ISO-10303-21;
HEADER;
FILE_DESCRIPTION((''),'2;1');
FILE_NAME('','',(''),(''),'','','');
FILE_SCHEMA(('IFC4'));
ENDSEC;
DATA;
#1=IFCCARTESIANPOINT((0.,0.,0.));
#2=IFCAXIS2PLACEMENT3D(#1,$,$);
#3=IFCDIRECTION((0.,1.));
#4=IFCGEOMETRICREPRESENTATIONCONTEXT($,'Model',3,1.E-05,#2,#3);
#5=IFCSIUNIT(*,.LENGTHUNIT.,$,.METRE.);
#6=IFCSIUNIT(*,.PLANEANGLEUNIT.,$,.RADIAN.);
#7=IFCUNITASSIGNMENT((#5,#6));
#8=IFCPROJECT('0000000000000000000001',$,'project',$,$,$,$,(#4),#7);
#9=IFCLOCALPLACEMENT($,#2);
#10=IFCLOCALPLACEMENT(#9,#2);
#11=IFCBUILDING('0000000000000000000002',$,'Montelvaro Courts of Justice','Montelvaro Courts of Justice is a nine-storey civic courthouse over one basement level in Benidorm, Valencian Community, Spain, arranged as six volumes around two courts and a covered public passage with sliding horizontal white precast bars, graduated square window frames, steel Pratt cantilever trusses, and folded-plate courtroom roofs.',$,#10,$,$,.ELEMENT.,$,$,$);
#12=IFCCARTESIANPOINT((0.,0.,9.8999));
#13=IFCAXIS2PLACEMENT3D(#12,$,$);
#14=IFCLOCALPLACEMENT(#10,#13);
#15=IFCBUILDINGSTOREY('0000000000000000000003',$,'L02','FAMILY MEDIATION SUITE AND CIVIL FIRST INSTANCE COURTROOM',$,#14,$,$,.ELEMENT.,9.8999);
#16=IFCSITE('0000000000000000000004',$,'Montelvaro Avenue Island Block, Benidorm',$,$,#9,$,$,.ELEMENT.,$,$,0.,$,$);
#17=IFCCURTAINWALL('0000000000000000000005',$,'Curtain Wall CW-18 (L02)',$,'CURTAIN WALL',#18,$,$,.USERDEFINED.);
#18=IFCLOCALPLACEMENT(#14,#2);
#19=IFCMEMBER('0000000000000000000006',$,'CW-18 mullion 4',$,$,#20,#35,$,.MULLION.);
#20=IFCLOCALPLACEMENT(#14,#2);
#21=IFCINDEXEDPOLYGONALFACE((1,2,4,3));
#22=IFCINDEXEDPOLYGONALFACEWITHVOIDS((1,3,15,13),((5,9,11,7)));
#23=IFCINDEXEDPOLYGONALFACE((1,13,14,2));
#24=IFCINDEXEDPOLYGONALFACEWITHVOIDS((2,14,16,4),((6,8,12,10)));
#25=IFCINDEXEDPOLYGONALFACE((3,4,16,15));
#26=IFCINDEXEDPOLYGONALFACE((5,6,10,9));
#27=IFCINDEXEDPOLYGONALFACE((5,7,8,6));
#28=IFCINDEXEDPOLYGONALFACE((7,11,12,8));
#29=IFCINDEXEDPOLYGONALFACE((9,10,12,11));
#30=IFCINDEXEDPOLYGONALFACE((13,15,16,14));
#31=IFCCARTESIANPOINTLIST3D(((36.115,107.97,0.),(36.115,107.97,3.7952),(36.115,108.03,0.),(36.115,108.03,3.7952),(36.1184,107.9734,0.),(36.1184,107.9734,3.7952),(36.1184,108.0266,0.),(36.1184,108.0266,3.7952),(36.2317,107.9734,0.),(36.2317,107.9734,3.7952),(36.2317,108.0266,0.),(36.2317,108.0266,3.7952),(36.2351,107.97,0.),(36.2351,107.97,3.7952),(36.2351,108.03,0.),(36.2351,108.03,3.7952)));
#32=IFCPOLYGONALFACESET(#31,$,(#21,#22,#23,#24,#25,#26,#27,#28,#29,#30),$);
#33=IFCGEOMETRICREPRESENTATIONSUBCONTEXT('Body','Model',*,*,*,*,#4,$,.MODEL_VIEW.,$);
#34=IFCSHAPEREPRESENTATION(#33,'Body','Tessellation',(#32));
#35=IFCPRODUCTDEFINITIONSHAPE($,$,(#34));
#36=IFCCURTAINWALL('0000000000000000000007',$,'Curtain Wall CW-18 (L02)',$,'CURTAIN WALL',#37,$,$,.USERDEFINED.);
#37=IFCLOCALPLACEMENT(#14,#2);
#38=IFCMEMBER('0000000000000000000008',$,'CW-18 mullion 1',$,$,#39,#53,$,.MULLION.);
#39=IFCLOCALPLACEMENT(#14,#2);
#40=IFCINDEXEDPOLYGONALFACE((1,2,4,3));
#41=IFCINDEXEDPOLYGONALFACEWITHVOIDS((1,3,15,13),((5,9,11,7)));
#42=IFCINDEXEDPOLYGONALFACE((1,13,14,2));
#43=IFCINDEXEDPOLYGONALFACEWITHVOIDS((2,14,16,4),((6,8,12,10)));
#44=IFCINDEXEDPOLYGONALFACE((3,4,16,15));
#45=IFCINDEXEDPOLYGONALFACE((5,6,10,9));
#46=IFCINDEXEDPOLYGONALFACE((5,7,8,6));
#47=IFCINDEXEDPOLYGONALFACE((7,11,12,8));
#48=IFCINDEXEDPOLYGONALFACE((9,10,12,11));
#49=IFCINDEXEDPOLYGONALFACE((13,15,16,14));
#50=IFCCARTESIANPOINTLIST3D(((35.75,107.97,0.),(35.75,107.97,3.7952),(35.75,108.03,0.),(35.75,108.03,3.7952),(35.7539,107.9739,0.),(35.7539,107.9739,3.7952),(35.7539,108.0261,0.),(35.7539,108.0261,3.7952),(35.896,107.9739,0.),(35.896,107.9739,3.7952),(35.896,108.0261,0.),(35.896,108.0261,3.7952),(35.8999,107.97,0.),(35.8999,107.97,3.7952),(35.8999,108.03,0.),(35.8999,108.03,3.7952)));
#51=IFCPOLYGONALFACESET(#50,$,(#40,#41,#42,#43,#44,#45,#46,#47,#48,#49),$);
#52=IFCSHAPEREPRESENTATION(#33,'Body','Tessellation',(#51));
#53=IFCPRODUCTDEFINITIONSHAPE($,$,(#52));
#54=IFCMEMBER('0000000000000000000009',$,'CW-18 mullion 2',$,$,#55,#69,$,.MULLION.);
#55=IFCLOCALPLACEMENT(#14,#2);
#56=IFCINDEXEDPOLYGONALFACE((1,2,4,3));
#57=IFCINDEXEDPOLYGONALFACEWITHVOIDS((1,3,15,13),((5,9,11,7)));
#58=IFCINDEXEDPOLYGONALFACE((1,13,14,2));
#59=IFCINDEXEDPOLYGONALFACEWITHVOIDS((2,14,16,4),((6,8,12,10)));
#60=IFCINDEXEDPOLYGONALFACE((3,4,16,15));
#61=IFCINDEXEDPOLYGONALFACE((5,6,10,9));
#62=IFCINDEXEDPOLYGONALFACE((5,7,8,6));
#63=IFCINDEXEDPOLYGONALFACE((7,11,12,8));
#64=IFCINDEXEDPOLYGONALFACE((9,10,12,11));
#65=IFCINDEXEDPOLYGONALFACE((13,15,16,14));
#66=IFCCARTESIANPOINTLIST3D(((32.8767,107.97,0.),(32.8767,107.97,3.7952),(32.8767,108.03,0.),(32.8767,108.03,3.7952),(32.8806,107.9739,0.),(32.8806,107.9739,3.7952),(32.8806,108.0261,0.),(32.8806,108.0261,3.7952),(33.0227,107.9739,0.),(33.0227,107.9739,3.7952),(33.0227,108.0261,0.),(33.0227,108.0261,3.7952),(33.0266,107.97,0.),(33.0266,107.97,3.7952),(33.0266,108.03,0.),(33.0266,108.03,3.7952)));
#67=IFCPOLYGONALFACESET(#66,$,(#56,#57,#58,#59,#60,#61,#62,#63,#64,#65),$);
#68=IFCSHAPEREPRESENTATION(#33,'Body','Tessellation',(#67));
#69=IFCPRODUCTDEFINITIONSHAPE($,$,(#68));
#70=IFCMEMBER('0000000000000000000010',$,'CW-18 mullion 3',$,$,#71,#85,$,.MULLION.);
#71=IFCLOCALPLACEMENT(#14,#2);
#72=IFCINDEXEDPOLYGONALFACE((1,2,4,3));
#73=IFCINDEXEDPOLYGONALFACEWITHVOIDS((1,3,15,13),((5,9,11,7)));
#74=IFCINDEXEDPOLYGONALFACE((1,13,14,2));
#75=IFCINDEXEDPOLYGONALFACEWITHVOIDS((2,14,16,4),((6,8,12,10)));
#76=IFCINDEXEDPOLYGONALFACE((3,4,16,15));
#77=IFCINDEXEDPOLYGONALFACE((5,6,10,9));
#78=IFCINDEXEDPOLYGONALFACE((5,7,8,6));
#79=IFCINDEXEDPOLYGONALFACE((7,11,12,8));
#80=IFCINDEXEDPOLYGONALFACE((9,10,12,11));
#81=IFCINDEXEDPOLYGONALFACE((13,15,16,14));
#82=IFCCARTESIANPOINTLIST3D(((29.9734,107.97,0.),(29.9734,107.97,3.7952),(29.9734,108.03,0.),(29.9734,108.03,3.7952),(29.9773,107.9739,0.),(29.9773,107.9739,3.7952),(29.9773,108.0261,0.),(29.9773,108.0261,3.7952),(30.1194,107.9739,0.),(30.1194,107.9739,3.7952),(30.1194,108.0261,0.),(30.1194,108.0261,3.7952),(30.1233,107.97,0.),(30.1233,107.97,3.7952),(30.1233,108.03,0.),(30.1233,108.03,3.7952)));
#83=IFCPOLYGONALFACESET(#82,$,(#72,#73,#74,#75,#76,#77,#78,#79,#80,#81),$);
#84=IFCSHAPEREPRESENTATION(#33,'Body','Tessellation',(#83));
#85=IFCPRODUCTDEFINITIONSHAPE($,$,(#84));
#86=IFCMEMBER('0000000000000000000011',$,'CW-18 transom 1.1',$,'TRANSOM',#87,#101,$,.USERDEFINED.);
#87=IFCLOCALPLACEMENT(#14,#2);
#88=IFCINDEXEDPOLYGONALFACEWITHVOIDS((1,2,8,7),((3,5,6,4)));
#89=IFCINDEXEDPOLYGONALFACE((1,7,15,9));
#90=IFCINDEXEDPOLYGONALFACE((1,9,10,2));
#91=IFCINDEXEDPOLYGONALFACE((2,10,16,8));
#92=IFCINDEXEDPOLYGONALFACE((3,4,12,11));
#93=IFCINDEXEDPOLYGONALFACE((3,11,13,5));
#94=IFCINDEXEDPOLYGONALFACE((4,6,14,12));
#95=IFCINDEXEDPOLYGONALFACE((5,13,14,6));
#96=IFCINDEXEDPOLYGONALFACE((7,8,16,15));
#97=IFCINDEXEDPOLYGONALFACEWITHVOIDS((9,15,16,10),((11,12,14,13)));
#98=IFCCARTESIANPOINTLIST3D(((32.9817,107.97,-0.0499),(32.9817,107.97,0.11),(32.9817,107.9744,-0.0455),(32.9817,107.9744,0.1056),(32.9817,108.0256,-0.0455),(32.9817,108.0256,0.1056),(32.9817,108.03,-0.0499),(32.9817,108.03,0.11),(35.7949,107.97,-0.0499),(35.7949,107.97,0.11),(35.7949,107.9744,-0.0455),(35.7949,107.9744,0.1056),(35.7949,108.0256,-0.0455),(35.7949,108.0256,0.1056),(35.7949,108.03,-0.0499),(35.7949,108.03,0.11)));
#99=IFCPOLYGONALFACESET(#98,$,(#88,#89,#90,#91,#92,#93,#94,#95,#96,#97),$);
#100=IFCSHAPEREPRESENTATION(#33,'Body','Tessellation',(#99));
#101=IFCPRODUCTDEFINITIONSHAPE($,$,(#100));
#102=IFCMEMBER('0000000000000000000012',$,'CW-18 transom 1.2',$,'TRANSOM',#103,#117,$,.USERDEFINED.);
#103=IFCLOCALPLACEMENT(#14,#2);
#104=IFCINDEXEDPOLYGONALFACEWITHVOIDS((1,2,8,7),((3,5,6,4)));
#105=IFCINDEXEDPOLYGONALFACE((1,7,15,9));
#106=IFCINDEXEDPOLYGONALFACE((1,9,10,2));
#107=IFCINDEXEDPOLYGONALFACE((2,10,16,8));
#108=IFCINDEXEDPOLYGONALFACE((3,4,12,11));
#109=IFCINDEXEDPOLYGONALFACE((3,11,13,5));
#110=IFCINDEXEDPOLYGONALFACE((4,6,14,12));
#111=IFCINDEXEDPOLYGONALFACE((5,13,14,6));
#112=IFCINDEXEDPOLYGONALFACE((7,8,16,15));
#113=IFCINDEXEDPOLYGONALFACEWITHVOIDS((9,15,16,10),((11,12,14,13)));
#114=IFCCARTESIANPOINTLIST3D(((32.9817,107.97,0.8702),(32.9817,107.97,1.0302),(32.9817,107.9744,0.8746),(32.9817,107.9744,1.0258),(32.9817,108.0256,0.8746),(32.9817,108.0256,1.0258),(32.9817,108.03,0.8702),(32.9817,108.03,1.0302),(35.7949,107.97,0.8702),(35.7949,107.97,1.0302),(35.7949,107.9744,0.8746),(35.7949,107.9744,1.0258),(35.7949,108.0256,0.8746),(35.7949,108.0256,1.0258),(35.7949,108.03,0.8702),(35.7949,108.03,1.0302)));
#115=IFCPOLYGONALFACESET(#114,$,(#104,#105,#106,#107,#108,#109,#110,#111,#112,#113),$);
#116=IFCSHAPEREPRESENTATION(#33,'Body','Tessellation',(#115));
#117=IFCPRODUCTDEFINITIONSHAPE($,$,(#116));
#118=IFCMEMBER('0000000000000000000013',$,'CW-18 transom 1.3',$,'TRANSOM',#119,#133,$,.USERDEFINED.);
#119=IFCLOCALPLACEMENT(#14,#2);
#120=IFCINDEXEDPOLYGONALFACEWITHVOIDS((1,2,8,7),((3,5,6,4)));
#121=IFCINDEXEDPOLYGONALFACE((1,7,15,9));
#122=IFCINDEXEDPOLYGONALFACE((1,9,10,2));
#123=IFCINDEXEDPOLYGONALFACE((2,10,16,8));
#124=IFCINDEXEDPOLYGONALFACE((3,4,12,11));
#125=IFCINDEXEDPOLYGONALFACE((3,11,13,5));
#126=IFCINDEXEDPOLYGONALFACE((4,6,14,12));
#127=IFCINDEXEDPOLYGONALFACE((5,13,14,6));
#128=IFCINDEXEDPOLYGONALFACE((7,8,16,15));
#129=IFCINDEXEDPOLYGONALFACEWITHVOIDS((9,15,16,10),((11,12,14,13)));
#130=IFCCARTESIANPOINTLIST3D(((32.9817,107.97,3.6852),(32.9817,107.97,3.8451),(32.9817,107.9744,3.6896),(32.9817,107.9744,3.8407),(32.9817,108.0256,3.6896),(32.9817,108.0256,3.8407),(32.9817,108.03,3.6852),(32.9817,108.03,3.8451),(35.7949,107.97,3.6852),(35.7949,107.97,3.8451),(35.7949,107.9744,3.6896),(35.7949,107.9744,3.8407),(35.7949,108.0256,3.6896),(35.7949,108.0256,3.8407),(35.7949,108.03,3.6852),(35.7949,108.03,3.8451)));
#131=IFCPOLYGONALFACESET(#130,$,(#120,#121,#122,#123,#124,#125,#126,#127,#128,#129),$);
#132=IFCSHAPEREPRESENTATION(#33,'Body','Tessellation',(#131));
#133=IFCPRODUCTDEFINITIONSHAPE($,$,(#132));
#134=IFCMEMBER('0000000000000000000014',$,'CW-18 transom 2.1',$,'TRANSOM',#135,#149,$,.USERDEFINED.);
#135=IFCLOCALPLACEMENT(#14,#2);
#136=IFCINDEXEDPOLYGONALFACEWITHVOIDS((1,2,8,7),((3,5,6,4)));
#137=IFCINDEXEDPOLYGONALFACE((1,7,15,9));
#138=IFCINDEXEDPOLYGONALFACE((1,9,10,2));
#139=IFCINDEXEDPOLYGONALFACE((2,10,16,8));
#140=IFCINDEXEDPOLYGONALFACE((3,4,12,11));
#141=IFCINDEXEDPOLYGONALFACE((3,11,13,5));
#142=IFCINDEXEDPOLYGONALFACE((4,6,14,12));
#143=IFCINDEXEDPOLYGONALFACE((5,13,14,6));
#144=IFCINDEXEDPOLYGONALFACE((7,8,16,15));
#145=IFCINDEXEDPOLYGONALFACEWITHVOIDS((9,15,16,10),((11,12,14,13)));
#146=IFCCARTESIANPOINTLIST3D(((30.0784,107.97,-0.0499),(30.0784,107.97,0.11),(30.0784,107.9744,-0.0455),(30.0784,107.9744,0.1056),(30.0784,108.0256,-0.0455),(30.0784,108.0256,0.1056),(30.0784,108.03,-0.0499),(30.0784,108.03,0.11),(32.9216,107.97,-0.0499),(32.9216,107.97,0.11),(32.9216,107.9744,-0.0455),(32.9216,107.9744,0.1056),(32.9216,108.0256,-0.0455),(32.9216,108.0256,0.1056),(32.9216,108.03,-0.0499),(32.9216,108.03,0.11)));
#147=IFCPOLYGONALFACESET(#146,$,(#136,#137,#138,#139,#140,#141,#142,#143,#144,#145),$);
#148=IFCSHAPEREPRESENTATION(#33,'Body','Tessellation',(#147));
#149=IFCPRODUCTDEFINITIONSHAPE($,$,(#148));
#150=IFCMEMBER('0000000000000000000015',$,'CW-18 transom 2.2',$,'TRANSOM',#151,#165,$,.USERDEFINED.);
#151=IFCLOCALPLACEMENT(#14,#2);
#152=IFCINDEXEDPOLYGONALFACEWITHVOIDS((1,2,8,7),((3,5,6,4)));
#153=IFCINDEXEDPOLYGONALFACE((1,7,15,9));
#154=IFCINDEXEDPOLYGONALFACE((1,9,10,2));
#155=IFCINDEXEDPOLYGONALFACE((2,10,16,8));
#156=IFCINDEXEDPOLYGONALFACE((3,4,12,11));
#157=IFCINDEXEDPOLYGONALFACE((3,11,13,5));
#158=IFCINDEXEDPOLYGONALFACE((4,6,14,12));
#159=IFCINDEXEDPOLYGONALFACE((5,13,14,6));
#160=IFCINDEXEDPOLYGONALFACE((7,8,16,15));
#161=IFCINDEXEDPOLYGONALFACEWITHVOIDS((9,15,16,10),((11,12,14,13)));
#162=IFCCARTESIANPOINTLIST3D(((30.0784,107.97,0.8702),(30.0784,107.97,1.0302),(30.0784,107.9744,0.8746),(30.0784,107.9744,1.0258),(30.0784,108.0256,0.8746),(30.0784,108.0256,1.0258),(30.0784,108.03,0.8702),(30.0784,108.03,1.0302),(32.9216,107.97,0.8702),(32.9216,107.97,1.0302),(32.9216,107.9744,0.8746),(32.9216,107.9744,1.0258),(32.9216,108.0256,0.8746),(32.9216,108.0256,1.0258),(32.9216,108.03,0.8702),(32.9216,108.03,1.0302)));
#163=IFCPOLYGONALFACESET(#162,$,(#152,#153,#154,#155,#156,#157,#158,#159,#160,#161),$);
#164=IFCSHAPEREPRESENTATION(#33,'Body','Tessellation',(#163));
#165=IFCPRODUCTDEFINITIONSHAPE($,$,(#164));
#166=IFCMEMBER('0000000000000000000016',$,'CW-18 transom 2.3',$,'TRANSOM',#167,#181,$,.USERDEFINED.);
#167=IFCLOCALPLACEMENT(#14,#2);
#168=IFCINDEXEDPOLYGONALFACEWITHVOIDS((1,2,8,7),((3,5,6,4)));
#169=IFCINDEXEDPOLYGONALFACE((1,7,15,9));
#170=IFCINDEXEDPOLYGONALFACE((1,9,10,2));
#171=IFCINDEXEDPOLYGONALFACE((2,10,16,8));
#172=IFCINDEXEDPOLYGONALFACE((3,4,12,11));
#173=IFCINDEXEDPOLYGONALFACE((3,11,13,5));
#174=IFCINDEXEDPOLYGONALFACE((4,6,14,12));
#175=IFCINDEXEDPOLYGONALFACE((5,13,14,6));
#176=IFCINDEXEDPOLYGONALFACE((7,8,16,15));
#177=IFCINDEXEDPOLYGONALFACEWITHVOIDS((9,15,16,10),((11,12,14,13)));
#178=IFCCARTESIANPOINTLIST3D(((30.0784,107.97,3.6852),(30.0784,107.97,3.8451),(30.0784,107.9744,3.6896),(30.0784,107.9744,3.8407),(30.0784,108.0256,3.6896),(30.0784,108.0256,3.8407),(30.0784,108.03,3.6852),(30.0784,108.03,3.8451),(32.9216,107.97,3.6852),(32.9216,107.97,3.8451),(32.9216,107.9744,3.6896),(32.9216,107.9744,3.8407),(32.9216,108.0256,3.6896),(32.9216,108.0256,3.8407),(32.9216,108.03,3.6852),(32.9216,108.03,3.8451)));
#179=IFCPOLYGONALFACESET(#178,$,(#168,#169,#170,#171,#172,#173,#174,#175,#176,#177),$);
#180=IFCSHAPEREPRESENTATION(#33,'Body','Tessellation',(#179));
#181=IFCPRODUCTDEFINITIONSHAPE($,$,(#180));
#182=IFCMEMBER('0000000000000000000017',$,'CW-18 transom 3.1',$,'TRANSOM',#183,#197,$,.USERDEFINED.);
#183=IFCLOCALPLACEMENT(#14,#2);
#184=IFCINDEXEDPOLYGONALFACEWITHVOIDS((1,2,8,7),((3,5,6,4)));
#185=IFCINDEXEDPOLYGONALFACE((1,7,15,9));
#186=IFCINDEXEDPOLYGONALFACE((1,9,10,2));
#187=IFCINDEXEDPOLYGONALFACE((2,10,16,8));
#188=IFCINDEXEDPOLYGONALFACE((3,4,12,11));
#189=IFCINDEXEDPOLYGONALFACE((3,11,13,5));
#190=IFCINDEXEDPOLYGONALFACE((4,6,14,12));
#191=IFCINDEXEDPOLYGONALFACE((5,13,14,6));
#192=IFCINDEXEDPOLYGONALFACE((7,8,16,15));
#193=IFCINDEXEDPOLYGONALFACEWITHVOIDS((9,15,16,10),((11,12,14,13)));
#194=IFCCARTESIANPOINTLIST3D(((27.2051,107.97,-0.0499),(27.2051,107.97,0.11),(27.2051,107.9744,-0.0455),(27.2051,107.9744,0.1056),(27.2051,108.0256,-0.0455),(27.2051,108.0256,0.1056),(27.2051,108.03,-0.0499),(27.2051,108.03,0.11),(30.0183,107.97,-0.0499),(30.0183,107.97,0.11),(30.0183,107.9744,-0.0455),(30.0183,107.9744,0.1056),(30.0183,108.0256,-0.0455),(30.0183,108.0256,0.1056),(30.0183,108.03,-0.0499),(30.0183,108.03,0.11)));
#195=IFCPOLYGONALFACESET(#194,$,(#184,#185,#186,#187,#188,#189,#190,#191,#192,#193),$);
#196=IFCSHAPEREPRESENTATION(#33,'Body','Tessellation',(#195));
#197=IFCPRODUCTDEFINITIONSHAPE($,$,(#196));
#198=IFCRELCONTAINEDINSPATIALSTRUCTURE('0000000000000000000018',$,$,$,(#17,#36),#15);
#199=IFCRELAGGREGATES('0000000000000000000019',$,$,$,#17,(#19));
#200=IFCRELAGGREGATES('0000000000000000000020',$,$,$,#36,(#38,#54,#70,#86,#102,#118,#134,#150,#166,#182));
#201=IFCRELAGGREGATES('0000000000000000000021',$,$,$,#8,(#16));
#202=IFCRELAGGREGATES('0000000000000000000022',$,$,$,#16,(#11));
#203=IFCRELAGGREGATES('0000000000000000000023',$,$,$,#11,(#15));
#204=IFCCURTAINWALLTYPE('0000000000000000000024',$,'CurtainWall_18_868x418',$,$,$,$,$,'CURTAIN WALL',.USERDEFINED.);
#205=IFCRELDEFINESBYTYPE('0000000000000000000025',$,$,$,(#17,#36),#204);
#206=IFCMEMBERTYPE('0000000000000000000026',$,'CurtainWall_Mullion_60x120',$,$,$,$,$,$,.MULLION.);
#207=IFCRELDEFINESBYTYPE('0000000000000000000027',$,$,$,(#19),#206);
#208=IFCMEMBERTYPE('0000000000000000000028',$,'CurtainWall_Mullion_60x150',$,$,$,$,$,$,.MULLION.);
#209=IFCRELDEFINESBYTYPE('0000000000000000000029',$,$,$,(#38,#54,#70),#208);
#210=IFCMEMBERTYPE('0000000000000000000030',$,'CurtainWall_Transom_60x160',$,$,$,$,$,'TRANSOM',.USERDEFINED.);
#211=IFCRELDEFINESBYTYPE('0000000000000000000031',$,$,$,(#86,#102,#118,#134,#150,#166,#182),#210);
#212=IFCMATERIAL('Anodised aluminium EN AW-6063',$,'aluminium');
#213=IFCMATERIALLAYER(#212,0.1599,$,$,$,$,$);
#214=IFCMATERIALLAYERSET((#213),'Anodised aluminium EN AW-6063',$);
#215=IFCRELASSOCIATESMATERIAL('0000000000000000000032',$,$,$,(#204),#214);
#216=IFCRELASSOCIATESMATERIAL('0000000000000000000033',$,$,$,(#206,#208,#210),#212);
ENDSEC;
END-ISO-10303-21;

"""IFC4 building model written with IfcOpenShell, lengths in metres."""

from ifc_helpers import new_model, si_unit, direction, frame, origin, origin_2d, place, context, subcontext, project, spatial, hollow_rectangle, extrude, material, layer, layer_set, material_profile, profile_set, type_object, element, aggregate, save


model = new_model("IFC4")

# Units and contexts
model_context = context("Model", 3, precision=1e-05, world=origin(), true_north=direction((0.0, 1.0)))
body_context = subcontext(model_context, "Body", "Model", "MODEL_VIEW")
ifc_project = project(units=[si_unit("LENGTHUNIT", "METRE"), si_unit("PLANEANGLEUNIT", "RADIAN")], contexts=[model_context])

# Site, building, storey
site_placement = place(None, origin())
site = spatial("IfcSite", under=ifc_project, at=site_placement, Name="Montelvaro Avenue Island Block, Benidorm", CompositionType="ELEMENT", RefElevation=0.0)
building_placement = place(site_placement, origin())
building = spatial("IfcBuilding", under=site, at=building_placement, Name="Montelvaro Courts of Justice", Description="Montelvaro Courts of Justice is a nine-storey civic courthouse over one basement level in Benidorm, Valencian Community, Spain, arranged as six volumes around two courts and a covered public passage with sliding horizontal white precast bars, graduated square window frames, steel Pratt cantilever trusses, and folded-plate courtroom roofs.", CompositionType="ELEMENT")
storey_placement = place(building_placement, frame((0.0, 0.0, 9.8999)))
storey = spatial("IfcBuildingStorey", under=building, at=storey_placement, Name="L02", Description="FAMILY MEDIATION SUITE AND CIVIL FIRST INSTANCE COURTROOM", CompositionType="ELEMENT", Elevation=9.8999)

# Curtain wall, member
ifc_material_1 = material(Name="Anodised aluminium EN AW-6063", Category="aluminium")
ifc_layer_1 = layer(ifc_material_1, 0.1599)
ifc_layer_set_1 = layer_set([ifc_layer_1], Name="Anodised aluminium EN AW-6063")
curtain_wall_type = type_object("IfcCurtainWallType", Name="CurtainWall_18_868x418", ElementType="CURTAIN WALL", PredefinedType="USERDEFINED", material=ifc_layer_set_1)
curtain_wall_1_placement = place(storey_placement, origin())
curtain_wall_1 = element("IfcCurtainWall", 1, at=curtain_wall_1_placement, inside=storey, type_object=curtain_wall_type, Name="Curtain Wall CW-18 (L02)", ObjectType="CURTAIN WALL", PredefinedType="USERDEFINED")
ifc_material_profile_1 = material_profile(ifc_material_1, hollow_rectangle(XDim=0.0601, YDim=0.1201, WallThickness=0.0034, at=origin_2d()), Name="ALU-M 60x120")
ifc_profile_set_1 = profile_set([ifc_material_profile_1], Name="Anodised aluminium EN AW-6063")
member_type_1 = type_object("IfcMemberType", Name="CurtainWall_Mullion_60x120", PredefinedType="MULLION", material=ifc_profile_set_1)
member_1_placement = place(storey_placement, frame((36.175, 108.0, 0.0), z_axis=(0.0, 0.0, 1.0), x_axis=(0.0, -1.0, 0.0)))
member_1 = element("IfcMember", 2, at=member_1_placement, type_object=member_type_1, Name="CW-18 mullion 4", PredefinedType="MULLION", context=body_context, shape_type="SweptSolid", body=[
    extrude(hollow_rectangle(XDim=0.0601, YDim=0.1201, WallThickness=0.0034, at=origin_2d()), origin(), (0.0, 0.0, 1.0), 3.7952),
])

# Curtain wall, members
curtain_wall_2_placement = place(storey_placement, origin())
curtain_wall_2 = element("IfcCurtainWall", 3, at=curtain_wall_2_placement, inside=storey, type_object=curtain_wall_type, Name="Curtain Wall CW-18 (L02)", ObjectType="CURTAIN WALL", PredefinedType="USERDEFINED")
ifc_material_profile_2 = material_profile(ifc_material_1, hollow_rectangle(XDim=0.0601, YDim=0.1499, WallThickness=0.0039, at=origin_2d()), Name="ALU-M 60x150")
ifc_profile_set_2 = profile_set([ifc_material_profile_2], Name="Anodised aluminium EN AW-6063")
member_type_2 = type_object("IfcMemberType", Name="CurtainWall_Mullion_60x150", PredefinedType="MULLION", material=ifc_profile_set_2)
member_2_placement = place(storey_placement, frame((35.825, 108.0, 0.0), z_axis=(0.0, 0.0, 1.0), x_axis=(0.0, -1.0, 0.0)))
member_2 = element("IfcMember", 4, at=member_2_placement, type_object=member_type_2, Name="CW-18 mullion 1", PredefinedType="MULLION", context=body_context, shape_type="SweptSolid", body=[
    extrude(hollow_rectangle(XDim=0.0601, YDim=0.1499, WallThickness=0.0039, at=origin_2d()), origin(), (0.0, 0.0, 1.0), 3.7952),
])
member_3_placement = place(storey_placement, frame((32.9517, 108.0, 0.0), z_axis=(0.0, 0.0, 1.0), x_axis=(0.0, -1.0, 0.0)))
member_3 = element("IfcMember", 5, at=member_3_placement, type_object=member_type_2, Name="CW-18 mullion 2", PredefinedType="MULLION", context=body_context, shape_type="SweptSolid", body=[
    extrude(hollow_rectangle(XDim=0.0601, YDim=0.1499, WallThickness=0.0039, at=origin_2d()), origin(), (0.0, 0.0, 1.0), 3.7952),
])
member_4_placement = place(storey_placement, frame((30.0483, 108.0, 0.0), z_axis=(0.0, 0.0, 1.0), x_axis=(0.0, -1.0, 0.0)))
member_4 = element("IfcMember", 6, at=member_4_placement, type_object=member_type_2, Name="CW-18 mullion 3", PredefinedType="MULLION", context=body_context, shape_type="SweptSolid", body=[
    extrude(hollow_rectangle(XDim=0.0601, YDim=0.1499, WallThickness=0.0039, at=origin_2d()), origin(), (0.0, 0.0, 1.0), 3.7952),
])
ifc_material_profile_3 = material_profile(ifc_material_1, hollow_rectangle(XDim=0.0601, YDim=0.1599, WallThickness=0.0044, at=origin_2d()), Name="ALU-T 60x160")
ifc_profile_set_3 = profile_set([ifc_material_profile_3], Name="Anodised aluminium EN AW-6063")
member_type_3 = type_object("IfcMemberType", Name="CurtainWall_Transom_60x160", ElementType="TRANSOM", PredefinedType="USERDEFINED", material=ifc_profile_set_3)
member_5_placement = place(storey_placement, frame((35.7949, 108.0, 0.03), z_axis=(-1.0, 0.0, 0.0), x_axis=(0.0, -1.0, 0.0)))
member_5 = element("IfcMember", 7, at=member_5_placement, type_object=member_type_3, Name="CW-18 transom 1.1", ObjectType="TRANSOM", PredefinedType="USERDEFINED", context=body_context, shape_type="SweptSolid", body=[
    extrude(hollow_rectangle(XDim=0.0601, YDim=0.1599, WallThickness=0.0044, at=origin_2d()), origin(), (0.0, 0.0, 1.0), 2.8132),
])
member_6_placement = place(storey_placement, frame((35.7949, 108.0, 0.9502), z_axis=(-1.0, 0.0, 0.0), x_axis=(0.0, -1.0, 0.0)))
member_6 = element("IfcMember", 8, at=member_6_placement, type_object=member_type_3, Name="CW-18 transom 1.2", ObjectType="TRANSOM", PredefinedType="USERDEFINED", context=body_context, shape_type="SweptSolid", body=[
    extrude(hollow_rectangle(XDim=0.0601, YDim=0.1599, WallThickness=0.0044, at=origin_2d()), origin(), (0.0, 0.0, 1.0), 2.8132),
])
member_7_placement = place(storey_placement, frame((35.7949, 108.0, 3.7651), z_axis=(-1.0, 0.0, 0.0), x_axis=(0.0, -1.0, 0.0)))
member_7 = element("IfcMember", 9, at=member_7_placement, type_object=member_type_3, Name="CW-18 transom 1.3", ObjectType="TRANSOM", PredefinedType="USERDEFINED", context=body_context, shape_type="SweptSolid", body=[
    extrude(hollow_rectangle(XDim=0.0601, YDim=0.1599, WallThickness=0.0044, at=origin_2d()), origin(), (0.0, 0.0, 1.0), 2.8132),
])
member_8_placement = place(storey_placement, frame((32.9216, 108.0, 0.03), z_axis=(-1.0, 0.0, 0.0), x_axis=(0.0, -1.0, 0.0)))
member_8 = element("IfcMember", 10, at=member_8_placement, type_object=member_type_3, Name="CW-18 transom 2.1", ObjectType="TRANSOM", PredefinedType="USERDEFINED", context=body_context, shape_type="SweptSolid", body=[
    extrude(hollow_rectangle(XDim=0.0601, YDim=0.1599, WallThickness=0.0044, at=origin_2d()), origin(), (0.0, 0.0, 1.0), 2.8433),
])
member_9_placement = place(storey_placement, frame((32.9216, 108.0, 0.9502), z_axis=(-1.0, 0.0, 0.0), x_axis=(0.0, -1.0, 0.0)))
member_9 = element("IfcMember", 11, at=member_9_placement, type_object=member_type_3, Name="CW-18 transom 2.2", ObjectType="TRANSOM", PredefinedType="USERDEFINED", context=body_context, shape_type="SweptSolid", body=[
    extrude(hollow_rectangle(XDim=0.0601, YDim=0.1599, WallThickness=0.0044, at=origin_2d()), origin(), (0.0, 0.0, 1.0), 2.8433),
])
member_10_placement = place(storey_placement, frame((32.9216, 108.0, 3.7651), z_axis=(-1.0, 0.0, 0.0), x_axis=(0.0, -1.0, 0.0)))
member_10 = element("IfcMember", 12, at=member_10_placement, type_object=member_type_3, Name="CW-18 transom 2.3", ObjectType="TRANSOM", PredefinedType="USERDEFINED", context=body_context, shape_type="SweptSolid", body=[
    extrude(hollow_rectangle(XDim=0.0601, YDim=0.1599, WallThickness=0.0044, at=origin_2d()), origin(), (0.0, 0.0, 1.0), 2.8433),
])
member_11_placement = place(storey_placement, frame((30.0183, 108.0, 0.03), z_axis=(-1.0, 0.0, 0.0), x_axis=(0.0, -1.0, 0.0)))
member_11 = element("IfcMember", 13, at=member_11_placement, type_object=member_type_3, Name="CW-18 transom 3.1", ObjectType="TRANSOM", PredefinedType="USERDEFINED", context=body_context, shape_type="SweptSolid", body=[
    extrude(hollow_rectangle(XDim=0.0601, YDim=0.1599, WallThickness=0.0044, at=origin_2d()), origin(), (0.0, 0.0, 1.0), 2.8132),
])

aggregate(curtain_wall_1, [member_1])
aggregate(curtain_wall_2, [member_2, member_3, member_4, member_5, member_6, member_7, member_8, member_9, member_10, member_11])

save(model, "model.ifc")
